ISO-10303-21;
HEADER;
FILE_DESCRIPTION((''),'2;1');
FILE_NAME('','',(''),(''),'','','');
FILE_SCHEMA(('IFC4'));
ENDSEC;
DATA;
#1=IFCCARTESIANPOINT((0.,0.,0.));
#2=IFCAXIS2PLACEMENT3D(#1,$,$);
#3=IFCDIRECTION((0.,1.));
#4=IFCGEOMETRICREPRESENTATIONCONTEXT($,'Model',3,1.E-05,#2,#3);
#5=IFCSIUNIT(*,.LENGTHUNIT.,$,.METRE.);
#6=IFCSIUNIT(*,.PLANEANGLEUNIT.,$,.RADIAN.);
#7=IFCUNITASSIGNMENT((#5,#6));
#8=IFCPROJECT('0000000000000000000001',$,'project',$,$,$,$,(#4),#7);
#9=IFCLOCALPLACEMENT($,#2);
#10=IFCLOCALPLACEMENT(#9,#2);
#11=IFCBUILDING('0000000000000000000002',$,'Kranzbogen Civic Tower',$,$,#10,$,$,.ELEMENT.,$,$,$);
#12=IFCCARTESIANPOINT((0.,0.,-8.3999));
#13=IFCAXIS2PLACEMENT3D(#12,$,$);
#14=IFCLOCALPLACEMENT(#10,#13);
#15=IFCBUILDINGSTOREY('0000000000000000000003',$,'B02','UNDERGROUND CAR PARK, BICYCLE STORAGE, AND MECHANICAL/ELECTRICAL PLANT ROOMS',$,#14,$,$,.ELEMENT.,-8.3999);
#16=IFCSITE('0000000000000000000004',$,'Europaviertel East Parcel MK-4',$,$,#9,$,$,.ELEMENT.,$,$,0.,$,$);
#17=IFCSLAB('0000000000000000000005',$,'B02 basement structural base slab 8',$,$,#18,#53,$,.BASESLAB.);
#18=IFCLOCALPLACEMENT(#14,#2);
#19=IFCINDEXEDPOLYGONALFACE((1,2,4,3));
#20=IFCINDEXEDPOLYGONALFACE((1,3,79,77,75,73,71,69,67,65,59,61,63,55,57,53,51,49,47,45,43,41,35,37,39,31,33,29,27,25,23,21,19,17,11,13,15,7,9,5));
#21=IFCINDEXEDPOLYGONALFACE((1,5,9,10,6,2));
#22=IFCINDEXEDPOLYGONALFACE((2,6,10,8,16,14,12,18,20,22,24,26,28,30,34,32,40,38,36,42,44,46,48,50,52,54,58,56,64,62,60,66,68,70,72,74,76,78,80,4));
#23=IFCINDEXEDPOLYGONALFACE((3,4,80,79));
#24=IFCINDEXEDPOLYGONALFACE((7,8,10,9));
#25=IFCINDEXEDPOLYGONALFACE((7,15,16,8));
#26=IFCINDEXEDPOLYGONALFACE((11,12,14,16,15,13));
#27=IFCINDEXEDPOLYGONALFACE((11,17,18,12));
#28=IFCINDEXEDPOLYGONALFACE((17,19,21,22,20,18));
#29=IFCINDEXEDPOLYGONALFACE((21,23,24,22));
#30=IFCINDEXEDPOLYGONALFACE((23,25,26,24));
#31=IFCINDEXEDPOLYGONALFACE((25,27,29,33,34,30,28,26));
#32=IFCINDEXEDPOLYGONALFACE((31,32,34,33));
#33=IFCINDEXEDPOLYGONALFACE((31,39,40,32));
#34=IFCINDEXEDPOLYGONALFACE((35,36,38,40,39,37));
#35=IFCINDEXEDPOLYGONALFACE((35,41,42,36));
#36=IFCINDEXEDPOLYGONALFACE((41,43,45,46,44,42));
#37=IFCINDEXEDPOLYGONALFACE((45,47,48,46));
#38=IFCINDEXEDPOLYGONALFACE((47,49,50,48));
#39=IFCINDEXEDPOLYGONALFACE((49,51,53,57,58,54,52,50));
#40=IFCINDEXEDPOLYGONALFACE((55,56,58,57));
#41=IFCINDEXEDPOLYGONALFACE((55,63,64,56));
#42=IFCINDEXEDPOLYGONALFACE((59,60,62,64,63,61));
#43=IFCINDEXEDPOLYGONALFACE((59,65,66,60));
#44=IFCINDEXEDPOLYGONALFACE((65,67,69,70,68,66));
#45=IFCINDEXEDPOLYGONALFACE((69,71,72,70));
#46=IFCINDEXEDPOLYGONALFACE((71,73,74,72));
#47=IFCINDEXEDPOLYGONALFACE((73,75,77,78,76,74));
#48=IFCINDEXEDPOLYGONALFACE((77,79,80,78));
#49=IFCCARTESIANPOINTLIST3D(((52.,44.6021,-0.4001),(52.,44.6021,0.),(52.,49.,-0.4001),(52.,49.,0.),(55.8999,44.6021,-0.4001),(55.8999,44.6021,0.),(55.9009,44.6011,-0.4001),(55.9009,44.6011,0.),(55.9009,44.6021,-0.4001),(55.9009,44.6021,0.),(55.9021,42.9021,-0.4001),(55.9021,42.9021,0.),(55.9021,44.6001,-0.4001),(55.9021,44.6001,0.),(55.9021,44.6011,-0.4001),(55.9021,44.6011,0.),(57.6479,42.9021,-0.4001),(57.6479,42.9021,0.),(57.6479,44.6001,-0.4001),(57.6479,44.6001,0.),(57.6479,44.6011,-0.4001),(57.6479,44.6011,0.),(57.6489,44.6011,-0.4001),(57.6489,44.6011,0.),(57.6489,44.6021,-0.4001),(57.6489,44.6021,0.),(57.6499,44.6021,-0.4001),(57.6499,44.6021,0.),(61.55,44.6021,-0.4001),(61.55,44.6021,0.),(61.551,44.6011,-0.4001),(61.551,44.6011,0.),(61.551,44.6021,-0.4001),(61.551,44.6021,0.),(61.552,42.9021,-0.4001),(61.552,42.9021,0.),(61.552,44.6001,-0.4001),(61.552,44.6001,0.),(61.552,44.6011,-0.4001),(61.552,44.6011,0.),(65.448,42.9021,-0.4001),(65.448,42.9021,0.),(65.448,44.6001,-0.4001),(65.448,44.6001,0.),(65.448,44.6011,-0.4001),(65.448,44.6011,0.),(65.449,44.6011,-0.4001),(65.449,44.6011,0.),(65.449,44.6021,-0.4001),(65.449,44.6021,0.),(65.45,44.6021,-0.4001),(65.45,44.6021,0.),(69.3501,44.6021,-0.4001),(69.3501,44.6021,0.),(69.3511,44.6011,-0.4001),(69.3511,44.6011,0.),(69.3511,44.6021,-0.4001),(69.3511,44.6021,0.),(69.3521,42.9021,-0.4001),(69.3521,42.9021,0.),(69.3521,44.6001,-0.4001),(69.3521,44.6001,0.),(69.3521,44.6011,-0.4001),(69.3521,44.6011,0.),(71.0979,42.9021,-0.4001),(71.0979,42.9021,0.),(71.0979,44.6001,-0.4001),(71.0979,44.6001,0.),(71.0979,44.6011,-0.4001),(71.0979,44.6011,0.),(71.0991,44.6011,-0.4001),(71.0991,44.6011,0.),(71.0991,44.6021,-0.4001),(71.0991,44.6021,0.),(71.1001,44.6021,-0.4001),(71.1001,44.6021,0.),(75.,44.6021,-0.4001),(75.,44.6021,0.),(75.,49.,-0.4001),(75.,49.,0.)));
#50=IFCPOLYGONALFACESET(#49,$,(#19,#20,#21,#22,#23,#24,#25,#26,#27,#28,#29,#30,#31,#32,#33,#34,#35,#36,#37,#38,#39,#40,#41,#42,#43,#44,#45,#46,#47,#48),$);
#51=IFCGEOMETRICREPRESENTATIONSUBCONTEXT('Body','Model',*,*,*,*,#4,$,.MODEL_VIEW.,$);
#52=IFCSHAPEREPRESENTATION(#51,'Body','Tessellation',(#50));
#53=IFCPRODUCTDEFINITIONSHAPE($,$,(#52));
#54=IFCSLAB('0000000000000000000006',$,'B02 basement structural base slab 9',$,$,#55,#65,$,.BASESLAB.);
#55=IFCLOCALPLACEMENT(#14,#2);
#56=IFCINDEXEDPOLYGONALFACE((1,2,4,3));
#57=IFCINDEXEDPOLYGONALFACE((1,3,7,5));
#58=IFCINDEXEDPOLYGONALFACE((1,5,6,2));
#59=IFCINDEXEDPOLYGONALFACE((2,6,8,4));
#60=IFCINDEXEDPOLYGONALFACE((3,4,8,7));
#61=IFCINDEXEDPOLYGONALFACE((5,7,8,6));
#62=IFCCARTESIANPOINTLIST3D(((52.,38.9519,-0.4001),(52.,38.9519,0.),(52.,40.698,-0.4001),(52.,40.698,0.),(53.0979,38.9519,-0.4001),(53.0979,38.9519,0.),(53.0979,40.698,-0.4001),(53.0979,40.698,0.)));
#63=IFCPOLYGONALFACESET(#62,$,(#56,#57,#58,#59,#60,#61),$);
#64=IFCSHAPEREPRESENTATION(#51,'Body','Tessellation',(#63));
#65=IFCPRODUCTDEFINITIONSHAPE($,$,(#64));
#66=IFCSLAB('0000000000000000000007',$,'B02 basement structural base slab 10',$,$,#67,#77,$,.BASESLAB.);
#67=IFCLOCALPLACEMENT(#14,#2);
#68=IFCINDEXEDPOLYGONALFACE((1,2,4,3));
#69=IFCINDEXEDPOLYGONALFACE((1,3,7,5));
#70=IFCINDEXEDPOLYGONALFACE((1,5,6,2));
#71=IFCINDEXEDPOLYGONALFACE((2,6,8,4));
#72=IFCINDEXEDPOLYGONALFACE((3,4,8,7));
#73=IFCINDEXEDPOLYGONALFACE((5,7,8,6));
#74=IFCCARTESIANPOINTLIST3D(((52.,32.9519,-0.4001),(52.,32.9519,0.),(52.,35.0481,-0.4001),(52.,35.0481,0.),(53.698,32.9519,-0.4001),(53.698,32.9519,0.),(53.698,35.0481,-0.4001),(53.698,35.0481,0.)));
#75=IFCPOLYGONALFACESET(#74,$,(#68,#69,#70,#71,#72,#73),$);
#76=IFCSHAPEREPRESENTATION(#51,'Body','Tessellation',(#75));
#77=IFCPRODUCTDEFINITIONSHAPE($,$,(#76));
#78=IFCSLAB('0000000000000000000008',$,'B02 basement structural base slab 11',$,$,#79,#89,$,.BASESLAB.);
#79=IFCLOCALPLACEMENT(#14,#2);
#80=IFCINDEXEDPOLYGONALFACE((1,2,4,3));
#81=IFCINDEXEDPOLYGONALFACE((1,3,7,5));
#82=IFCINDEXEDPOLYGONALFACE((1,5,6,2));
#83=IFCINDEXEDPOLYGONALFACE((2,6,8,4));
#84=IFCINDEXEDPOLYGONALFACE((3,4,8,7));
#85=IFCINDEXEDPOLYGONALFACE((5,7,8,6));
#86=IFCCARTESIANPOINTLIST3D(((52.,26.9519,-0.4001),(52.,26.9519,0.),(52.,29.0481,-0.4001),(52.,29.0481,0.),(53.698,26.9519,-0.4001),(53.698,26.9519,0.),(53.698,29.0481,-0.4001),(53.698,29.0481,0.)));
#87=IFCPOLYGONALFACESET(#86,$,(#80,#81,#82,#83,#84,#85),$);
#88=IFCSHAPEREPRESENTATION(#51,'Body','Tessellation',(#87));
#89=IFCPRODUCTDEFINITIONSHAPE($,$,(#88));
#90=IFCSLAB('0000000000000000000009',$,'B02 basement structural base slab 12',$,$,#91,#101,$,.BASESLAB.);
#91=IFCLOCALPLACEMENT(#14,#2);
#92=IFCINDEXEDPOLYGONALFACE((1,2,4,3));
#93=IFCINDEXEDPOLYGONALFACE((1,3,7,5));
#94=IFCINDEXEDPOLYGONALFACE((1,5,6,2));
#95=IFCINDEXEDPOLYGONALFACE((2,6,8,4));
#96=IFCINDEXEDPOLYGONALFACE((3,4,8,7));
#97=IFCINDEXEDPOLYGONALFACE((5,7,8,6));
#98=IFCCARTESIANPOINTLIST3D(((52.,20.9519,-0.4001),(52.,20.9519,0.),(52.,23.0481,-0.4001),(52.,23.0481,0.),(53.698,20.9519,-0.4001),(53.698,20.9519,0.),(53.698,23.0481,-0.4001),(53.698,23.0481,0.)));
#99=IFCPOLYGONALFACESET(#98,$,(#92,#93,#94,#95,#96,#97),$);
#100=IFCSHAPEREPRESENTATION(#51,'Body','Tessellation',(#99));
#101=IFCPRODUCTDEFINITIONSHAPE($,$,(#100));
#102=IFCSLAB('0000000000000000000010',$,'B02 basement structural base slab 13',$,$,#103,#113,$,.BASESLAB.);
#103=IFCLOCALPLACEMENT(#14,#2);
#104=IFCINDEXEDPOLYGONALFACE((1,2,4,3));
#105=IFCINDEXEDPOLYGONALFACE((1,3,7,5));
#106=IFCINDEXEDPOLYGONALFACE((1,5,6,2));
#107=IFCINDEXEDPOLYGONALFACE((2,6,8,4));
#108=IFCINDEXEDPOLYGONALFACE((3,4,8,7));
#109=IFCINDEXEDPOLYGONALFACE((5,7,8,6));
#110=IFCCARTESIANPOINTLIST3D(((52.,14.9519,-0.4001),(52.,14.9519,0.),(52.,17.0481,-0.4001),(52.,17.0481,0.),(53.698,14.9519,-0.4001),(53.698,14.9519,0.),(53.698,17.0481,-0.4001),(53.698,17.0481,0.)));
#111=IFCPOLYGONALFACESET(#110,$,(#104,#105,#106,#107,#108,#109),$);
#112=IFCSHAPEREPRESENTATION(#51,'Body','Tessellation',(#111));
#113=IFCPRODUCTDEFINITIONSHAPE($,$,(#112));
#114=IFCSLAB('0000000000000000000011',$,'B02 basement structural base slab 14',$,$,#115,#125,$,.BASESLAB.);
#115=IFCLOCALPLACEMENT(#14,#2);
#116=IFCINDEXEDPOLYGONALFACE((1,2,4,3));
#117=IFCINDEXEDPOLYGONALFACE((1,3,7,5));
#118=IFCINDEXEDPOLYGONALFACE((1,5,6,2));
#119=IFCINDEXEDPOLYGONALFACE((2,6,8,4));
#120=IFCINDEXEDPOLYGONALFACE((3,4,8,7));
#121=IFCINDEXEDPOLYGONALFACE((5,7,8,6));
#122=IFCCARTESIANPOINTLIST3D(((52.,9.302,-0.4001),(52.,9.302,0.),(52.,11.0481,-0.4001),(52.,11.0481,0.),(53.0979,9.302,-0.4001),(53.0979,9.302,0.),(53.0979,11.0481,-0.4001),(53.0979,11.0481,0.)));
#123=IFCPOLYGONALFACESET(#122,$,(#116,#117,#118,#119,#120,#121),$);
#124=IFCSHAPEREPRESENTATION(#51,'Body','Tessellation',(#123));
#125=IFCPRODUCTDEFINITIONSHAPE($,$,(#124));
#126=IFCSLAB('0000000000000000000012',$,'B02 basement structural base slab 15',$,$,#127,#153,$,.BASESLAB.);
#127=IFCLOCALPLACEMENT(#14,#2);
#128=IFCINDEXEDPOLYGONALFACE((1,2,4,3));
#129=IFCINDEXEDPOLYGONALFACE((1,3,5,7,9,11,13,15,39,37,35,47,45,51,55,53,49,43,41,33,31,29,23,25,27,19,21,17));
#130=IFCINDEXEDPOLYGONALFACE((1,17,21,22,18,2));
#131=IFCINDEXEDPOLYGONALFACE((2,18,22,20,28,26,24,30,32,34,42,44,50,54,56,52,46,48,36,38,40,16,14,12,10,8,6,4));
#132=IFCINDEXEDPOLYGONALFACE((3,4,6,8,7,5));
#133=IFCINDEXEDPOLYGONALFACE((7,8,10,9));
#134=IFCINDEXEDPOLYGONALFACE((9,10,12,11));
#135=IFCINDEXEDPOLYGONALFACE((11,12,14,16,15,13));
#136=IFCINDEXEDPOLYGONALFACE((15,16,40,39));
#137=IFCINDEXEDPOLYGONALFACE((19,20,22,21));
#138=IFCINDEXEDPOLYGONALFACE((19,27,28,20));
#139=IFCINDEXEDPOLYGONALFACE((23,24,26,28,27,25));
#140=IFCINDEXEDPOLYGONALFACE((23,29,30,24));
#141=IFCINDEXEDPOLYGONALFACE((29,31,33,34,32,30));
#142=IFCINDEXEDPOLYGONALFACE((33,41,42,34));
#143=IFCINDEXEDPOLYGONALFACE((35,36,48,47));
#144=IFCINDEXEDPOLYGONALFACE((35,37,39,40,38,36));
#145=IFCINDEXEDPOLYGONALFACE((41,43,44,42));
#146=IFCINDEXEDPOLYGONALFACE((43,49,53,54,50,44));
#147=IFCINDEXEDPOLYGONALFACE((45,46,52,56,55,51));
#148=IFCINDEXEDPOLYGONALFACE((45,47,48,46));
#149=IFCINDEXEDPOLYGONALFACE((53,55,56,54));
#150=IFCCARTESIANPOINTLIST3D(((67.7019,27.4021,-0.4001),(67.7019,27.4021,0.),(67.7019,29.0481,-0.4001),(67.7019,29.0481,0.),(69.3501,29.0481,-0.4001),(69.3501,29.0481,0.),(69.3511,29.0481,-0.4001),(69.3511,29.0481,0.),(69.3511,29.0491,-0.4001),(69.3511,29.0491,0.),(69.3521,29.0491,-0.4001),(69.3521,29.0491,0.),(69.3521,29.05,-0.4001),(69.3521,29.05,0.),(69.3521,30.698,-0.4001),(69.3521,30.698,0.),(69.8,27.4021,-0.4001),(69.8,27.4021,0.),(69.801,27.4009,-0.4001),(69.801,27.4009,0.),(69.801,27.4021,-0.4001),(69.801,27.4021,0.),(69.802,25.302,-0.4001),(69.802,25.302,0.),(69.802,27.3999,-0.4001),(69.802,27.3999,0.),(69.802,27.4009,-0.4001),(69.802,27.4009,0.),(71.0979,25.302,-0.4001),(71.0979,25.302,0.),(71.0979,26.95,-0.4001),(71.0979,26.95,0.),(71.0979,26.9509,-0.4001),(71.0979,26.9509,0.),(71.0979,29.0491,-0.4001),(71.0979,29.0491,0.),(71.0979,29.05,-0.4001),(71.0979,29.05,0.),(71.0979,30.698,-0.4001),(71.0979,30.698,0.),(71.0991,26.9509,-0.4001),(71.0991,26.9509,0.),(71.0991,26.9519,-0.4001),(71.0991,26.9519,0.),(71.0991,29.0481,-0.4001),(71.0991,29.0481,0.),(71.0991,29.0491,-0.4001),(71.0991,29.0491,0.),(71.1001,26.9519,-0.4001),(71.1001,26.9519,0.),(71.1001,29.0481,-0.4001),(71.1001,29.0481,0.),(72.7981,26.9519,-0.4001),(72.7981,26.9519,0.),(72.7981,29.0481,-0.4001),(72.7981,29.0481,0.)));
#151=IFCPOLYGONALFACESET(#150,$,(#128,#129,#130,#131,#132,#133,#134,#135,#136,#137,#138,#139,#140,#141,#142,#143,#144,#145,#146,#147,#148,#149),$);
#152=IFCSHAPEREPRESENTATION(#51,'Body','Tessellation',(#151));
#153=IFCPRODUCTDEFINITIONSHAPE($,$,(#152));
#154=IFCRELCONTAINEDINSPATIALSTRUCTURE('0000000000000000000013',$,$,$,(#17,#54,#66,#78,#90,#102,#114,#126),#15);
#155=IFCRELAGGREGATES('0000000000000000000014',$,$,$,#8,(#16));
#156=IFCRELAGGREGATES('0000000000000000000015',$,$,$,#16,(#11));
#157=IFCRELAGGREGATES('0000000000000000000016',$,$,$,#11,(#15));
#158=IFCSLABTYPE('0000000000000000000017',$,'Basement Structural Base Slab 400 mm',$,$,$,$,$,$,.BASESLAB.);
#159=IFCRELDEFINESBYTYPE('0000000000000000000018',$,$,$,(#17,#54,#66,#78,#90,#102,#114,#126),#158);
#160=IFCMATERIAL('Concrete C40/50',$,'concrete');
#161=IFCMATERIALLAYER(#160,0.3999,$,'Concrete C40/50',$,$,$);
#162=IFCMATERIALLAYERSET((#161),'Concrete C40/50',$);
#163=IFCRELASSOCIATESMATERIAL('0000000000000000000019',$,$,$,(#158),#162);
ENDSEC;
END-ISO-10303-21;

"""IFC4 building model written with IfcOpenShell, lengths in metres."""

from ifc_helpers import new_model, si_unit, direction, frame, origin, place, context, subcontext, project, spatial, polyline, outline, extrude, material, layer, layer_set, type_object, element, save


model = new_model("IFC4")

# Units and contexts
model_context = context("Model", 3, precision=1e-05, world=origin(), true_north=direction((0.0, 1.0)))
body_context = subcontext(model_context, "Body", "Model", "MODEL_VIEW")
ifc_project = project(units=[si_unit("LENGTHUNIT", "METRE"), si_unit("PLANEANGLEUNIT", "RADIAN")], contexts=[model_context])

# Site, building, storey
site_placement = place(None, origin())
site = spatial("IfcSite", under=ifc_project, at=site_placement, Name="Europaviertel East Parcel MK-4", CompositionType="ELEMENT", RefElevation=0.0)
building_placement = place(site_placement, origin())
building = spatial("IfcBuilding", under=site, at=building_placement, Name="Kranzbogen Civic Tower", CompositionType="ELEMENT")
storey_placement = place(building_placement, frame((0.0, 0.0, -8.3999)))
storey = spatial("IfcBuildingStorey", under=building, at=storey_placement, Name="B02", Description="UNDERGROUND CAR PARK, BICYCLE STORAGE, AND MECHANICAL/ELECTRICAL PLANT ROOMS", CompositionType="ELEMENT", Elevation=-8.3999)

# Shared definitions
ifc_material = material(Name="Concrete C40/50", Category="concrete")

# Slabs
ifc_layer_1 = layer(ifc_material, 0.3999, Name="Concrete C40/50")
ifc_layer_set_1 = layer_set([ifc_layer_1], Name="Concrete C40/50")
slab_type = type_object("IfcSlabType", Name="Basement Structural Base Slab 400 mm", PredefinedType="BASESLAB", material=ifc_layer_set_1)
slab_1_placement = place(storey_placement, frame((0.0, 0.0, -0.4001)))
element("IfcSlab", 1, at=slab_1_placement, inside=storey, type_object=slab_type, Name="B02 basement structural base slab 8", PredefinedType="BASESLAB", context=body_context, shape_type="SweptSolid", body=[
    extrude(outline(polyline([(52.0, 44.6021), (55.8999, 44.6021), (55.8999, 44.6021), (55.8999, 44.6021), (55.9009, 44.6021), (55.9009, 44.6021), (55.9009, 44.6021), (55.9009, 44.6021), (55.9009, 44.6021), (55.9009, 44.6011), (55.9021, 44.6011), (55.9021, 44.6011), (55.9021, 44.6011), (55.9021, 44.6011), (55.9021, 44.6011), (55.9021, 44.6001), (55.9021, 44.6001), (55.9021, 44.6001), (55.9021, 42.9021), (57.6479, 42.9021), (57.6479, 44.6001), (57.6479, 44.6001), (57.6479, 44.6001), (57.6479, 44.6011), (57.6479, 44.6011), (57.6479, 44.6011), (57.6479, 44.6011), (57.6479, 44.6011), (57.6489, 44.6011), (57.6489, 44.6021), (57.6489, 44.6021), (57.6489, 44.6021), (57.6489, 44.6021), (57.6489, 44.6021), (57.6499, 44.6021), (57.6499, 44.6021), (57.6499, 44.6021), (61.55, 44.6021), (61.55, 44.6021), (61.55, 44.6021), (61.551, 44.6021), (61.551, 44.6021), (61.551, 44.6021), (61.551, 44.6021), (61.551, 44.6021), (61.551, 44.6011), (61.552, 44.6011), (61.552, 44.6011), (61.552, 44.6011), (61.552, 44.6011), (61.552, 44.6011), (61.552, 44.6001), (61.552, 44.6001), (61.552, 44.6001), (61.552, 42.9021), (65.448, 42.9021), (65.448, 44.6001), (65.448, 44.6001), (65.448, 44.6001), (65.448, 44.6011), (65.448, 44.6011), (65.448, 44.6011), (65.448, 44.6011), (65.448, 44.6011), (65.449, 44.6011), (65.449, 44.6021), (65.449, 44.6021), (65.449, 44.6021), (65.449, 44.6021), (65.449, 44.6021), (65.45, 44.6021), (65.45, 44.6021), (65.45, 44.6021), (69.3501, 44.6021), (69.3501, 44.6021), (69.3501, 44.6021), (69.3511, 44.6021), (69.3511, 44.6021), (69.3511, 44.6021), (69.3511, 44.6021), (69.3511, 44.6021), (69.3511, 44.6011), (69.3521, 44.6011), (69.3521, 44.6011), (69.3521, 44.6011), (69.3521, 44.6011), (69.3521, 44.6011), (69.3521, 44.6001), (69.3521, 44.6001), (69.3521, 44.6001), (69.3521, 42.9021), (71.0979, 42.9021), (71.0979, 44.6001), (71.0979, 44.6001), (71.0979, 44.6001), (71.0979, 44.6011), (71.0979, 44.6011), (71.0979, 44.6011), (71.0979, 44.6011), (71.0979, 44.6011), (71.0991, 44.6011), (71.0991, 44.6021), (71.0991, 44.6021), (71.0991, 44.6021), (71.0991, 44.6021), (71.0991, 44.6021), (71.1001, 44.6021), (71.1001, 44.6021), (71.1001, 44.6021), (75.0, 44.6021), (75.0, 49.0), (52.0, 49.0), (52.0, 44.6021)])), origin(), (0.0, 0.0, 1.0), 0.4001),
])
slab_2_placement = place(storey_placement, frame((0.0, 0.0, -0.4001)))
element("IfcSlab", 2, at=slab_2_placement, inside=storey, type_object=slab_type, Name="B02 basement structural base slab 9", PredefinedType="BASESLAB", context=body_context, shape_type="SweptSolid", body=[
    extrude(outline(polyline([(52.0, 38.9519), (53.0979, 38.9519), (53.0979, 40.698), (52.0, 40.698), (52.0, 38.9519)])), origin(), (0.0, 0.0, 1.0), 0.4001),
])
slab_3_placement = place(storey_placement, frame((0.0, 0.0, -0.4001)))
element("IfcSlab", 3, at=slab_3_placement, inside=storey, type_object=slab_type, Name="B02 basement structural base slab 10", PredefinedType="BASESLAB", context=body_context, shape_type="SweptSolid", body=[
    extrude(outline(polyline([(52.0, 32.9519), (53.698, 32.9519), (53.698, 35.0481), (52.0, 35.0481), (52.0, 32.9519)])), origin(), (0.0, 0.0, 1.0), 0.4001),
])
slab_4_placement = place(storey_placement, frame((0.0, 0.0, -0.4001)))
element("IfcSlab", 4, at=slab_4_placement, inside=storey, type_object=slab_type, Name="B02 basement structural base slab 11", PredefinedType="BASESLAB", context=body_context, shape_type="SweptSolid", body=[
    extrude(outline(polyline([(52.0, 26.9519), (53.698, 26.9519), (53.698, 29.0481), (52.0, 29.0481), (52.0, 26.9519)])), origin(), (0.0, 0.0, 1.0), 0.4001),
])
slab_5_placement = place(storey_placement, frame((0.0, 0.0, -0.4001)))
element("IfcSlab", 5, at=slab_5_placement, inside=storey, type_object=slab_type, Name="B02 basement structural base slab 12", PredefinedType="BASESLAB", context=body_context, shape_type="SweptSolid", body=[
    extrude(outline(polyline([(52.0, 20.9519), (53.698, 20.9519), (53.698, 23.0481), (52.0, 23.0481), (52.0, 20.9519)])), origin(), (0.0, 0.0, 1.0), 0.4001),
])
slab_6_placement = place(storey_placement, frame((0.0, 0.0, -0.4001)))
element("IfcSlab", 6, at=slab_6_placement, inside=storey, type_object=slab_type, Name="B02 basement structural base slab 13", PredefinedType="BASESLAB", context=body_context, shape_type="SweptSolid", body=[
    extrude(outline(polyline([(52.0, 14.9519), (53.698, 14.9519), (53.698, 17.0481), (52.0, 17.0481), (52.0, 14.9519)])), origin(), (0.0, 0.0, 1.0), 0.4001),
])
slab_7_placement = place(storey_placement, frame((0.0, 0.0, -0.4001)))
element("IfcSlab", 7, at=slab_7_placement, inside=storey, type_object=slab_type, Name="B02 basement structural base slab 14", PredefinedType="BASESLAB", context=body_context, shape_type="SweptSolid", body=[
    extrude(outline(polyline([(52.0, 9.302), (53.0979, 9.302), (53.0979, 11.0481), (52.0, 11.0481), (52.0, 9.302)])), origin(), (0.0, 0.0, 1.0), 0.4001),
])
slab_8_placement = place(storey_placement, frame((0.0, 0.0, -0.4001)))
element("IfcSlab", 8, at=slab_8_placement, inside=storey, type_object=slab_type, Name="B02 basement structural base slab 15", PredefinedType="BASESLAB", context=body_context, shape_type="SweptSolid", body=[
    extrude(outline(polyline([(69.8, 27.4021), (69.8, 27.4021), (69.8, 27.4021), (69.801, 27.4021), (69.801, 27.4021), (69.801, 27.4021), (69.801, 27.4021), (69.801, 27.4021), (69.801, 27.4009), (69.802, 27.4009), (69.802, 27.4009), (69.802, 27.4009), (69.802, 27.4009), (69.802, 27.4009), (69.802, 27.3999), (69.802, 27.3999), (69.802, 27.3999), (69.802, 25.302), (71.0979, 25.302), (71.0979, 26.95), (71.0979, 26.95), (71.0979, 26.95), (71.0979, 26.9509), (71.0979, 26.9509), (71.0979, 26.9509), (71.0979, 26.9509), (71.0979, 26.9509), (71.0991, 26.9509), (71.0991, 26.9519), (71.0991, 26.9519), (71.0991, 26.9519), (71.0991, 26.9519), (71.0991, 26.9519), (71.1001, 26.9519), (71.1001, 26.9519), (71.1001, 26.9519), (72.7981, 26.9519), (72.7981, 29.0481), (71.1001, 29.0481), (71.1001, 29.0481), (71.1001, 29.0481), (71.0991, 29.0481), (71.0991, 29.0481), (71.0991, 29.0481), (71.0991, 29.0481), (71.0991, 29.0481), (71.0991, 29.0491), (71.0979, 29.0491), (71.0979, 29.0491), (71.0979, 29.0491), (71.0979, 29.0491), (71.0979, 29.0491), (71.0979, 29.05), (71.0979, 29.05), (71.0979, 29.05), (71.0979, 30.698), (69.3521, 30.698), (69.3521, 29.05), (69.3521, 29.05), (69.3521, 29.05), (69.3521, 29.0491), (69.3521, 29.0491), (69.3521, 29.0491), (69.3521, 29.0491), (69.3521, 29.0491), (69.3511, 29.0491), (69.3511, 29.0481), (69.3511, 29.0481), (69.3511, 29.0481), (69.3511, 29.0481), (69.3511, 29.0481), (69.3501, 29.0481), (69.3501, 29.0481), (69.3501, 29.0481), (67.7019, 29.0481), (67.7019, 27.4021), (69.8, 27.4021)])), origin(), (0.0, 0.0, 1.0), 0.4001),
])

save(model, "model.ifc")
